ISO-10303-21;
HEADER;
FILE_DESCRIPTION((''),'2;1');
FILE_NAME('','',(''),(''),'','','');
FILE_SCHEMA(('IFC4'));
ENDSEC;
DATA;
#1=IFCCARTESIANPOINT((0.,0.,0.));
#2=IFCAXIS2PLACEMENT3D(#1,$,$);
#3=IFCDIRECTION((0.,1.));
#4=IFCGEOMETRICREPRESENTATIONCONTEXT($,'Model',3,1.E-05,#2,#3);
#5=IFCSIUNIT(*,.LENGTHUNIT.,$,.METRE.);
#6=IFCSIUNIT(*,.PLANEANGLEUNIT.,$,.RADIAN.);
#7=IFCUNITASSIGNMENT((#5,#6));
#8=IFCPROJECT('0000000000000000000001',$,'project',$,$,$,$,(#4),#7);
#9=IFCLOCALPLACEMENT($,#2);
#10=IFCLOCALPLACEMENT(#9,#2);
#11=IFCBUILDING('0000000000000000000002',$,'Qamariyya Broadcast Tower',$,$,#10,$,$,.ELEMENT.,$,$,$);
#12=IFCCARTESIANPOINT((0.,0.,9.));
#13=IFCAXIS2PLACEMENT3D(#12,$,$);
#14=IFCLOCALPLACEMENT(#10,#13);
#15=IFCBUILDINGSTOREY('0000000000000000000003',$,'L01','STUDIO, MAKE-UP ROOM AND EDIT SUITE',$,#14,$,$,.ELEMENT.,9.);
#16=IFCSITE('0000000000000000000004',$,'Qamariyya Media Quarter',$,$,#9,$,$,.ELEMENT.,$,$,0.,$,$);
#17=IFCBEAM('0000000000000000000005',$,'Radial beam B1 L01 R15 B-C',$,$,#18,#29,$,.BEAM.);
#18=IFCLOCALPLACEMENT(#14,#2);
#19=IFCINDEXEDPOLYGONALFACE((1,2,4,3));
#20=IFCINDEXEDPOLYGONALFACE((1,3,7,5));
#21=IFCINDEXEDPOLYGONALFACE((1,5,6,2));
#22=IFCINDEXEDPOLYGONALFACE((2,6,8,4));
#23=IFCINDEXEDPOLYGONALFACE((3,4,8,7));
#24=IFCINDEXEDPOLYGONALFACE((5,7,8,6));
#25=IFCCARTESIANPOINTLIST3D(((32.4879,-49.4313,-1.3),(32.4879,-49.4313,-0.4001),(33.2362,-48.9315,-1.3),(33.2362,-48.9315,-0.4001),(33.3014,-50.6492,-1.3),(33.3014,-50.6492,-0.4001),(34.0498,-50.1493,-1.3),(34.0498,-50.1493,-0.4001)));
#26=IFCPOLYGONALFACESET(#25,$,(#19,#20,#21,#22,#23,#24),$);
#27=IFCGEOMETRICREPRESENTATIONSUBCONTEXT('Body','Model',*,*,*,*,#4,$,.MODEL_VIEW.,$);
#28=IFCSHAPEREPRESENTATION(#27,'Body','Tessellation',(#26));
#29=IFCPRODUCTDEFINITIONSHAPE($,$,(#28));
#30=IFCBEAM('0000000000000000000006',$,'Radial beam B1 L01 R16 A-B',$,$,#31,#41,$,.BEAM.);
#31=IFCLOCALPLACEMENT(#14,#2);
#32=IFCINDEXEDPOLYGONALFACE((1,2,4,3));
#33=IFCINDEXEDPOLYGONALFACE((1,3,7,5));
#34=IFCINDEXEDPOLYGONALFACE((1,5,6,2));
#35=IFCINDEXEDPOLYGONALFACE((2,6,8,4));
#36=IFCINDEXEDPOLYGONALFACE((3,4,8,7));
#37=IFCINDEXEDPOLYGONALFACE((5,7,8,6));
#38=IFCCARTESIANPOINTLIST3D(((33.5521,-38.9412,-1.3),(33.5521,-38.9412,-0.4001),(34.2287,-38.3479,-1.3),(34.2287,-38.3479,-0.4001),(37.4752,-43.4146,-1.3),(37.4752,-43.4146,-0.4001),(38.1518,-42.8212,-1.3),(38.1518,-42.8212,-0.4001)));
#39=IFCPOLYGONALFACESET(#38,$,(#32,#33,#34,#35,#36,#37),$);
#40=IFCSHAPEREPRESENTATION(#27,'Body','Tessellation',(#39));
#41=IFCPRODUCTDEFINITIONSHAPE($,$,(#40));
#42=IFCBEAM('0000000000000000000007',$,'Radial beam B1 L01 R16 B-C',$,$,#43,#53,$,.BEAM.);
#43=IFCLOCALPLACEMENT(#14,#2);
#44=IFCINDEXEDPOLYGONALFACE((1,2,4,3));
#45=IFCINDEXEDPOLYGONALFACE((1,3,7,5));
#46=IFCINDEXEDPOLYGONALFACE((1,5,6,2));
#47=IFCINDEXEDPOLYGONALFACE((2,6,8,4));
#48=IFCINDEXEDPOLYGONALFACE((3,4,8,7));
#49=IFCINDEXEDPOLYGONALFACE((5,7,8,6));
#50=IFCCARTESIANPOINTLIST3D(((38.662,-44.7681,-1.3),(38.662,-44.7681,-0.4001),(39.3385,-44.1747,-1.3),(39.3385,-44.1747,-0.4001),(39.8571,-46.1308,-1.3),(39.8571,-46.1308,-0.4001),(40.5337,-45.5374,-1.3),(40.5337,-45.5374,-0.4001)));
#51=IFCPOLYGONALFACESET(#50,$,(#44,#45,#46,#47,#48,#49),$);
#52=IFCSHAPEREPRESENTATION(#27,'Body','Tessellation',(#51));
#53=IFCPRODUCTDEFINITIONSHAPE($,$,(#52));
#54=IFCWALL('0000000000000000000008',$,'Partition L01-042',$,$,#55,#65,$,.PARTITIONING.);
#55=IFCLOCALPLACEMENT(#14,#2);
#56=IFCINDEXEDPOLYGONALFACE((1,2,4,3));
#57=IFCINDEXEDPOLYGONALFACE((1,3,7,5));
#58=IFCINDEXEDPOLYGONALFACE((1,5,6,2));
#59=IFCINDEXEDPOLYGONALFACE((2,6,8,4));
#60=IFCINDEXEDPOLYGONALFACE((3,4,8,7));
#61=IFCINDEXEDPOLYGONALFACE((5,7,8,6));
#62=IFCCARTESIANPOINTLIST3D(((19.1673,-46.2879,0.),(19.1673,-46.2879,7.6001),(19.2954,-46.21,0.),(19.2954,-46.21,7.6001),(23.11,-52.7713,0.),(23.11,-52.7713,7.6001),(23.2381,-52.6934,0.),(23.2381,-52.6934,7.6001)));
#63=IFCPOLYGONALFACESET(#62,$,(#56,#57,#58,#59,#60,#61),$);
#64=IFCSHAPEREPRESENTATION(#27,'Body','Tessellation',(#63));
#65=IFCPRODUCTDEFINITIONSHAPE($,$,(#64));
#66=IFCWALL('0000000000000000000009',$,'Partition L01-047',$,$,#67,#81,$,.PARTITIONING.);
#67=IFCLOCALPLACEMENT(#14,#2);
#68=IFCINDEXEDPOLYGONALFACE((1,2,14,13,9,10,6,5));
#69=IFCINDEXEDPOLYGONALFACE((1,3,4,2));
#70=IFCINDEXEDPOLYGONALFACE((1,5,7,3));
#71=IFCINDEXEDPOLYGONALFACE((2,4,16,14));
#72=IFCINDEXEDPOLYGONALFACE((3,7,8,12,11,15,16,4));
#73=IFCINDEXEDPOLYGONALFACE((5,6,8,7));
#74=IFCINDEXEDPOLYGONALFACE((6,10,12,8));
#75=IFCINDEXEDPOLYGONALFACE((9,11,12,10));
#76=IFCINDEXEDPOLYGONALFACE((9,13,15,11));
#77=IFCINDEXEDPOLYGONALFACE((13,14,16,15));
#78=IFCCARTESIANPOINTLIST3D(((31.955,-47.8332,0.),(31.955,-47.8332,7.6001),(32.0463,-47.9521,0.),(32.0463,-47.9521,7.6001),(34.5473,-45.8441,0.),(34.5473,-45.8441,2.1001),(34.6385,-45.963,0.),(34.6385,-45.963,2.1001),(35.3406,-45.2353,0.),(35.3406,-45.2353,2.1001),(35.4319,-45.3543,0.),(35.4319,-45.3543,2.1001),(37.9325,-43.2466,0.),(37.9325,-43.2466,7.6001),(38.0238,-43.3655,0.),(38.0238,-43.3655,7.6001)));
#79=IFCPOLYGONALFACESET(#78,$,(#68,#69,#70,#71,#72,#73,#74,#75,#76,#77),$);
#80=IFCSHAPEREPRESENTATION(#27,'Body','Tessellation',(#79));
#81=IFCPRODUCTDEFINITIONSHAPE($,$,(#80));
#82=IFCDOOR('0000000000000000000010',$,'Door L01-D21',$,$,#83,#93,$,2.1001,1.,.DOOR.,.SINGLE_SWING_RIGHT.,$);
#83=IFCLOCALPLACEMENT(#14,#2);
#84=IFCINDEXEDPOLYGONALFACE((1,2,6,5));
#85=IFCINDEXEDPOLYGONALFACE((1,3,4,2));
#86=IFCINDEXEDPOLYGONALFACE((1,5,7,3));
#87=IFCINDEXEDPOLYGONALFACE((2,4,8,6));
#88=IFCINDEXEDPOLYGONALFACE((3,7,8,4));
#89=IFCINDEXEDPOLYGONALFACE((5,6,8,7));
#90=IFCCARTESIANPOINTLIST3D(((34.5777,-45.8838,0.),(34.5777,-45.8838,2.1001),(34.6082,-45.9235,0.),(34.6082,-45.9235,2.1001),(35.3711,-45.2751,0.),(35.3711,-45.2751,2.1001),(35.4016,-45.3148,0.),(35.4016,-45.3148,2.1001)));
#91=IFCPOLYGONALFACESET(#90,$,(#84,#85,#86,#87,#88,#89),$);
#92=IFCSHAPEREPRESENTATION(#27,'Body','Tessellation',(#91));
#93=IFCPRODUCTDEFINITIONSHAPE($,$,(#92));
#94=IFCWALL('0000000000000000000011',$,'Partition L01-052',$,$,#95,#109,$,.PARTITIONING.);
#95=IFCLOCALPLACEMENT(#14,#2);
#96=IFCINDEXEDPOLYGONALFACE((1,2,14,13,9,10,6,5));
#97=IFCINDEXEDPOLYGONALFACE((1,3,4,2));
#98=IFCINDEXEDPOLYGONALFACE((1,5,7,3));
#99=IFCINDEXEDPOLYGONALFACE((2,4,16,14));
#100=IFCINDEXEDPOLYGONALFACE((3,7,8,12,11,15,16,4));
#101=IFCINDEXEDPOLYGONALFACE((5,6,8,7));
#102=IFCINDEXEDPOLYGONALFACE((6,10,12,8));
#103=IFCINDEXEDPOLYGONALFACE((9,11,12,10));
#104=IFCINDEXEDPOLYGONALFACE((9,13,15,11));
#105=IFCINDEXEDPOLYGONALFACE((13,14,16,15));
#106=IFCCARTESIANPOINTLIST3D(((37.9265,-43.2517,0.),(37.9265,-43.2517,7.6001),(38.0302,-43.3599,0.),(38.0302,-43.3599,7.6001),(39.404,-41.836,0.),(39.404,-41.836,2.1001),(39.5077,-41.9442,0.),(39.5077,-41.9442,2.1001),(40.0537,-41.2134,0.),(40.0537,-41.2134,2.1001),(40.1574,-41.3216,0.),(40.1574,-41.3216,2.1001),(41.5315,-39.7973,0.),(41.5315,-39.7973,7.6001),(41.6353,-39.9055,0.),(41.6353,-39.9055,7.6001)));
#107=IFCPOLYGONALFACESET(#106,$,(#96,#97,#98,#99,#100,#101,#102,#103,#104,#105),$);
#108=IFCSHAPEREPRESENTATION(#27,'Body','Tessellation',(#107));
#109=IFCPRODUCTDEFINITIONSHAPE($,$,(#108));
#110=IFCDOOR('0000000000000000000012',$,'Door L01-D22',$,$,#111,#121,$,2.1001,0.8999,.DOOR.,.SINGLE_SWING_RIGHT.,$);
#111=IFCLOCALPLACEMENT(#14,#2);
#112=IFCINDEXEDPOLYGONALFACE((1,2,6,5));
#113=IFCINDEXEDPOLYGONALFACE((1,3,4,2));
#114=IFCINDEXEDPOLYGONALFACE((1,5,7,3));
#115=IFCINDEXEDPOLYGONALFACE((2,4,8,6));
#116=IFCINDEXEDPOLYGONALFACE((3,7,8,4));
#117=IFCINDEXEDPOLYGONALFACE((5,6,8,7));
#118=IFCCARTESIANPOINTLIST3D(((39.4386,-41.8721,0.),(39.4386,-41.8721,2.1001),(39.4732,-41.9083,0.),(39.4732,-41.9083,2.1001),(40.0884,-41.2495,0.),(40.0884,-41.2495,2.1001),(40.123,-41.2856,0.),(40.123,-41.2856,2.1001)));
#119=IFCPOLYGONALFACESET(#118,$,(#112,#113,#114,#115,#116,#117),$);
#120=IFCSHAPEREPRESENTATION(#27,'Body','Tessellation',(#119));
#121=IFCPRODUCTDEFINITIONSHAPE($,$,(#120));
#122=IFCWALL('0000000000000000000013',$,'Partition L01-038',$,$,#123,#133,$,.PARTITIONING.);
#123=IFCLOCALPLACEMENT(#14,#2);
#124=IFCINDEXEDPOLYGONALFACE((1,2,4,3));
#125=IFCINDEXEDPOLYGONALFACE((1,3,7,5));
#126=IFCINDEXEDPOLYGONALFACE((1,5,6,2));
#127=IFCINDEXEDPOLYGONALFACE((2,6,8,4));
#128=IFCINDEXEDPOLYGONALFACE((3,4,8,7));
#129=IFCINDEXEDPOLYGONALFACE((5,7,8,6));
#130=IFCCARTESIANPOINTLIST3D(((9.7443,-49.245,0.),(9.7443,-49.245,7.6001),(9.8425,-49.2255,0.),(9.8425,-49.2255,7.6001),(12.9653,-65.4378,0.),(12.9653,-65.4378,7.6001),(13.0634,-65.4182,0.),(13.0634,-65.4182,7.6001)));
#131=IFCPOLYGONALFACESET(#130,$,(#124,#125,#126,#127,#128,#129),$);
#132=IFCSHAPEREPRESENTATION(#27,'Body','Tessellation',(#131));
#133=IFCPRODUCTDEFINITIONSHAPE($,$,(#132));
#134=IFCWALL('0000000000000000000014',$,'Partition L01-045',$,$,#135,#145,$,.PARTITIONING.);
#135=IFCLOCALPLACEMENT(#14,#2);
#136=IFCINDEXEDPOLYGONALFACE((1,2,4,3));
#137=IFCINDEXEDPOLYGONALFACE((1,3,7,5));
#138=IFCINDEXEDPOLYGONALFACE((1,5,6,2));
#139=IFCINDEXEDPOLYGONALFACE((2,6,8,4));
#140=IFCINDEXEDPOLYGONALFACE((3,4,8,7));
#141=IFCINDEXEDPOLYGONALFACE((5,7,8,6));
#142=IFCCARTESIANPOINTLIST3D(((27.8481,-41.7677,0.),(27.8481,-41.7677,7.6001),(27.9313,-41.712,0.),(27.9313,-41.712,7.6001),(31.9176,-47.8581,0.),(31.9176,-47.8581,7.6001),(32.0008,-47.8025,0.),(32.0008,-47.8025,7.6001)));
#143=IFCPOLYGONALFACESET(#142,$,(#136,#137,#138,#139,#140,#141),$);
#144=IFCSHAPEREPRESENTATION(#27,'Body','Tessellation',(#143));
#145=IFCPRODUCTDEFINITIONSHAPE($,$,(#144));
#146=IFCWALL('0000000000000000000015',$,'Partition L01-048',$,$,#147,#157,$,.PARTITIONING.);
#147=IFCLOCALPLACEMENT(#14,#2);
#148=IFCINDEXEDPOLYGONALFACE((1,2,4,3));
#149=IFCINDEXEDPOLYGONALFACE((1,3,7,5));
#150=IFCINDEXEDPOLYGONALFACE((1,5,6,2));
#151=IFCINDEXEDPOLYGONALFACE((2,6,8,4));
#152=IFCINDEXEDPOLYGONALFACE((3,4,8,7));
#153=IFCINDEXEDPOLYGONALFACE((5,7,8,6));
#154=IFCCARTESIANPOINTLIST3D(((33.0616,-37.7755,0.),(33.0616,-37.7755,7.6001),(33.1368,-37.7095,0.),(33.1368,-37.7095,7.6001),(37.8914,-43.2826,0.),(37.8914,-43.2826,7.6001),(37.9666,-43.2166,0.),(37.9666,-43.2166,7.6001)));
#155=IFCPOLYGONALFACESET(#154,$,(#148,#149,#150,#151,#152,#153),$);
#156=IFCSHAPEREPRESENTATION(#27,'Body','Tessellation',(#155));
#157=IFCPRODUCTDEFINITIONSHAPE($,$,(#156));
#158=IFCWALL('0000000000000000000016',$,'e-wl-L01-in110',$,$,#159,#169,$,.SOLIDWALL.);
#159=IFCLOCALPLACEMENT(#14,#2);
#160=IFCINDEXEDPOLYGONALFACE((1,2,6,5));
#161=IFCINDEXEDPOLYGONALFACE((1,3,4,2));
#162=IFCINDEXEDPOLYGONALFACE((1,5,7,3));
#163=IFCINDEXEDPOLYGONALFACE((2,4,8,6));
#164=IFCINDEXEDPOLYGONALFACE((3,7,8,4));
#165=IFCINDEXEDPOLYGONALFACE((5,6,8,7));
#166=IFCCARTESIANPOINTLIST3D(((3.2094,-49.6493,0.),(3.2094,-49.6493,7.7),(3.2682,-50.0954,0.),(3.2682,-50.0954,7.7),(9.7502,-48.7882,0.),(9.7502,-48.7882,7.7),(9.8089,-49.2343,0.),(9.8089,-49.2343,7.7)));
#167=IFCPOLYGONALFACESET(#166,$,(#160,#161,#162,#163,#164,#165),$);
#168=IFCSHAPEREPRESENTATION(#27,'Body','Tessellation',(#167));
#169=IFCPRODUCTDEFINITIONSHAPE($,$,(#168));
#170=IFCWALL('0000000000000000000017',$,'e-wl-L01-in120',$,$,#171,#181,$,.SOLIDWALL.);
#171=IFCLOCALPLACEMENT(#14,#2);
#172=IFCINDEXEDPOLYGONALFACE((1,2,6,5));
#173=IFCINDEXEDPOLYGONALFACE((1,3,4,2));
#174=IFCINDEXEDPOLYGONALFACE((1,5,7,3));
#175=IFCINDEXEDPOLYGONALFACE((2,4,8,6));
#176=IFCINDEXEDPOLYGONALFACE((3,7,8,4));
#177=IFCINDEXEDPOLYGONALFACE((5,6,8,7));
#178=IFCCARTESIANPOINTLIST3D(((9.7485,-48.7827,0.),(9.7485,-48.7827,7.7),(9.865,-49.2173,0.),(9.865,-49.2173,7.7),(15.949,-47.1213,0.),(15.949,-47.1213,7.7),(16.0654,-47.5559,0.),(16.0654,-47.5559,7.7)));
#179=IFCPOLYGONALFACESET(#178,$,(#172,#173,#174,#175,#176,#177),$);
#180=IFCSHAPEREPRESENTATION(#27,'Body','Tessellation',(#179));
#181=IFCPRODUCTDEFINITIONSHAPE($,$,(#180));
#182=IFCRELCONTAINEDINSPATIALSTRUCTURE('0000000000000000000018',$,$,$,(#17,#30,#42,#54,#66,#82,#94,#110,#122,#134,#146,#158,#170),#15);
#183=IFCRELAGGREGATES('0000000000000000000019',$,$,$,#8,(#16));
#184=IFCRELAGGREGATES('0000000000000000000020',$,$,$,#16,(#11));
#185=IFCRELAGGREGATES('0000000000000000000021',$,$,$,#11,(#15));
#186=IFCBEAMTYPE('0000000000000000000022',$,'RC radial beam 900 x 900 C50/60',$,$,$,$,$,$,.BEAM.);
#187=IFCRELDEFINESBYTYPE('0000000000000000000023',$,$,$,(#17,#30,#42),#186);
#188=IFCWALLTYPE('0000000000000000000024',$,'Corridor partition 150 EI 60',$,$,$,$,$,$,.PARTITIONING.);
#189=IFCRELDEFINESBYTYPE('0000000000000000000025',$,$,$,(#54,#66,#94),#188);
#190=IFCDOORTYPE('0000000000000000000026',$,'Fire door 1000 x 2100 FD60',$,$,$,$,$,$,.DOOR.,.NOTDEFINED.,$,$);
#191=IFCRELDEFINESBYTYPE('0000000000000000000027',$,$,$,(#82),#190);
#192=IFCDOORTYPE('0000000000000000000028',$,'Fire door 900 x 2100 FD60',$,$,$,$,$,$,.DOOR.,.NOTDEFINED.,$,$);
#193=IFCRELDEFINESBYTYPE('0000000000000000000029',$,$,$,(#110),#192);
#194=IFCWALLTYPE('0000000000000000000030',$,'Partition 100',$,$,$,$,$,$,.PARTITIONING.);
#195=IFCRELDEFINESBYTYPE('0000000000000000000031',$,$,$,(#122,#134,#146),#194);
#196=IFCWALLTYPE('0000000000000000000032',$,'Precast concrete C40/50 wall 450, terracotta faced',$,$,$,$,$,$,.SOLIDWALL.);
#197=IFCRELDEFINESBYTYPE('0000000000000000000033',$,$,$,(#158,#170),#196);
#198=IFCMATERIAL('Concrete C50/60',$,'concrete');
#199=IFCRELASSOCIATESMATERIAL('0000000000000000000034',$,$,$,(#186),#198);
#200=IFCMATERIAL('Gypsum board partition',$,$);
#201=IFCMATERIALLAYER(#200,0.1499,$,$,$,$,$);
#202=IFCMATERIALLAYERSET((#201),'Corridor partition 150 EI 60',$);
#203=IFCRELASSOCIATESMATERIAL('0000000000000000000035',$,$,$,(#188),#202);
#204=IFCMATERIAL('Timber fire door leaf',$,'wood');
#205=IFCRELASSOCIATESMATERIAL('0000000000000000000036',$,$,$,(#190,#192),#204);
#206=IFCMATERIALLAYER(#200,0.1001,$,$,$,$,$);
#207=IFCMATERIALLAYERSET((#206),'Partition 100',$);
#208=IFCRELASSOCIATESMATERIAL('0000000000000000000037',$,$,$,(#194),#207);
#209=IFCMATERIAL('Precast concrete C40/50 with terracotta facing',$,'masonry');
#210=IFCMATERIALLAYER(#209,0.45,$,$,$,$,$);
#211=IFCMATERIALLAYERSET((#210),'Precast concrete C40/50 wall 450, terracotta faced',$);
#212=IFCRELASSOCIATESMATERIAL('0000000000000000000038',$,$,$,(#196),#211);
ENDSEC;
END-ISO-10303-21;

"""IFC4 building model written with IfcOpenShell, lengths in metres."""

from ifc_helpers import new_model, si_unit, direction, frame, frame_2d, origin, origin_2d, place, context, subcontext, project, spatial, rectangle, extrude, material, layer, layer_set, material_profile, profile_set, type_object, element, fill, save


model = new_model("IFC4")

# Units and contexts
model_context = context("Model", 3, precision=1e-05, world=origin(), true_north=direction((0.0, 1.0)))
body_context = subcontext(model_context, "Body", "Model", "MODEL_VIEW")
ifc_project = project(units=[si_unit("LENGTHUNIT", "METRE"), si_unit("PLANEANGLEUNIT", "RADIAN")], contexts=[model_context])

# Site, building, storey
site_placement = place(None, origin())
site = spatial("IfcSite", under=ifc_project, at=site_placement, Name="Qamariyya Media Quarter", CompositionType="ELEMENT", RefElevation=0.0)
building_placement = place(site_placement, origin())
building = spatial("IfcBuilding", under=site, at=building_placement, Name="Qamariyya Broadcast Tower", CompositionType="ELEMENT")
storey_placement = place(building_placement, frame((0.0, 0.0, 9.0)))
storey = spatial("IfcBuildingStorey", under=building, at=storey_placement, Name="L01", Description="STUDIO, MAKE-UP ROOM AND EDIT SUITE", CompositionType="ELEMENT", Elevation=9.0)

# Beams
ifc_material_1 = material(Name="Concrete C50/60", Category="concrete")
ifc_material_profile_1 = material_profile(ifc_material_1, rectangle(XDim=0.8999, YDim=0.8999, at=origin_2d()))
ifc_profile_set_1 = profile_set([ifc_material_profile_1], Name="Concrete C50/60")
beam_type_1 = type_object("IfcBeamType", Name="RC radial beam 900 x 900 C50/60", PredefinedType="BEAM", material=ifc_profile_set_1)
beam_1_placement = place(storey_placement, frame((32.8621, -49.1814, -0.8501), z_axis=(0.555469, -0.831537, 0.0), x_axis=(0.831537, 0.555469, 0.0)))
element("IfcBeam", 1, at=beam_1_placement, inside=storey, type_object=beam_type_1, Name="Radial beam B1 L01 R15 B-C", PredefinedType="BEAM", context=body_context, shape_type="SweptSolid", body=[
    extrude(rectangle(XDim=0.8999, YDim=0.8999, at=origin_2d()), origin(), (0.0, 0.0, 1.0), 1.4646),
])
beam_2_placement = place(storey_placement, frame((33.8904, -38.6445, -0.8501), z_axis=(0.65935, -0.751837, 0.0), x_axis=(0.751837, 0.65935, 0.0)))
element("IfcBeam", 2, at=beam_2_placement, inside=storey, type_object=beam_type_1, Name="Radial beam B1 L01 R16 A-B", PredefinedType="BEAM", context=body_context, shape_type="SweptSolid", body=[
    extrude(rectangle(XDim=0.8999, YDim=0.8999, at=origin_2d()), origin(), (0.0, 0.0, 1.0), 5.95),
])
beam_3_placement = place(storey_placement, frame((39.0002, -44.4714, -0.8501), z_axis=(0.659391, -0.7518, 0.0), x_axis=(0.7518, 0.659391, 0.0)))
element("IfcBeam", 3, at=beam_3_placement, inside=storey, type_object=beam_type_1, Name="Radial beam B1 L01 R16 B-C", PredefinedType="BEAM", context=body_context, shape_type="SweptSolid", body=[
    extrude(rectangle(XDim=0.8999, YDim=0.8999, at=origin_2d()), origin(), (0.0, 0.0, 1.0), 1.8125),
])

# Wall
ifc_material_2 = material(Name="Gypsum board partition")
ifc_layer_1 = layer(ifc_material_2, 0.1499)
ifc_layer_set_1 = layer_set([ifc_layer_1], Name="Corridor partition 150 EI 60")
wall_type_1 = type_object("IfcWallType", Name="Corridor partition 150 EI 60", PredefinedType="PARTITIONING", material=ifc_layer_set_1)
wall_1_placement = place(storey_placement, frame((19.2314, -46.249, 0.0), z_axis=(0.0, 0.0, 1.0), x_axis=(0.519583, -0.85442, 0.0)))
element("IfcWall", 4, at=wall_1_placement, inside=storey, type_object=wall_type_1, Name="Partition L01-042", PredefinedType="PARTITIONING", context=body_context, shape_type="SweptSolid", body=[
    extrude(rectangle(XDim=7.5881, YDim=0.1499, at=frame_2d((3.7939, 0.0))), origin(), (0.0, 0.0, 1.0), 7.6001),
])

# Walls, openings, doors
wall_2_placement = place(storey_placement, frame((32.0007, -47.8926, 0.0), z_axis=(0.0, 0.0, 1.0), x_axis=(0.793357, 0.608757, 0.0)))
wall_2 = element("IfcWall", 5, at=wall_2_placement, inside=storey, type_object=wall_type_1, Name="Partition L01-047", PredefinedType="PARTITIONING", context=body_context, shape_type="SweptSolid", body=[
    extrude(rectangle(XDim=7.5344, YDim=0.1499, at=frame_2d((3.7671, 0.0))), origin(), (0.0, 0.0, 1.0), 7.6001),
])
opening_1_placement = place(wall_2_placement, frame((3.2673, 0.0, 0.0)))
opening_1 = element("IfcOpeningElement", 6, at=opening_1_placement, cuts=wall_2, PredefinedType="OPENING", context=body_context, shape_type="SweptSolid", body=[
    extrude(rectangle(XDim=1.0, YDim=2.1001, at=frame_2d((0.5, 1.05))), frame((0.0, 0.085, 0.0), z_axis=(0.0, -1.0, 0.0), x_axis=(1.0, 0.0, 0.0)), (0.0, 0.0, 1.0), 0.1699),
])
ifc_material_3 = material(Name="Timber fire door leaf", Category="wood")
door_type_1 = type_object("IfcDoorType", Name="Fire door 1000 x 2100 FD60", OperationType="NOTDEFINED", PredefinedType="DOOR", material=ifc_material_3)
door_1_placement = place(opening_1_placement, origin())
door_1 = element("IfcDoor", 7, at=door_1_placement, inside=storey, type_object=door_type_1, Name="Door L01-D21", OperationType="SINGLE_SWING_RIGHT", OverallHeight=2.1001, OverallWidth=1.0, PredefinedType="DOOR", context=body_context, shape_type="SweptSolid", body=[
    extrude(rectangle(XDim=1.0, YDim=2.1001, at=frame_2d((0.5, 1.05))), frame((0.0, 0.0249, 0.0), z_axis=(0.0, -1.0, 0.0), x_axis=(1.0, 0.0, 0.0)), (0.0, 0.0, 1.0), 0.05),
])
fill(opening_1, door_1)
wall_3_placement = place(storey_placement, frame((37.9783, -43.3059, 0.0), z_axis=(0.0, 0.0, 1.0), x_axis=(0.722031, 0.691861, 0.0)))
wall_3 = element("IfcWall", 8, at=wall_3_placement, inside=storey, type_object=wall_type_1, Name="Partition L01-052", PredefinedType="PARTITIONING", context=body_context, shape_type="SweptSolid", body=[
    extrude(rectangle(XDim=4.9929, YDim=0.1499, at=frame_2d((2.4966, 0.0))), origin(), (0.0, 0.0, 1.0), 7.6001),
])
opening_2_placement = place(wall_3_placement, frame((2.0464, 0.0, 0.0)))
opening_2 = element("IfcOpeningElement", 9, at=opening_2_placement, cuts=wall_3, PredefinedType="OPENING", context=body_context, shape_type="SweptSolid", body=[
    extrude(rectangle(XDim=0.8999, YDim=2.1001, at=frame_2d((0.45, 1.05))), frame((0.0, 0.085, 0.0), z_axis=(0.0, -1.0, 0.0), x_axis=(1.0, 0.0, 0.0)), (0.0, 0.0, 1.0), 0.1699),
])
door_type_2 = type_object("IfcDoorType", Name="Fire door 900 x 2100 FD60", OperationType="NOTDEFINED", PredefinedType="DOOR", material=ifc_material_3)
door_2_placement = place(opening_2_placement, origin())
door_2 = element("IfcDoor", 10, at=door_2_placement, inside=storey, type_object=door_type_2, Name="Door L01-D22", OperationType="SINGLE_SWING_RIGHT", OverallHeight=2.1001, OverallWidth=0.8999, PredefinedType="DOOR", context=body_context, shape_type="SweptSolid", body=[
    extrude(rectangle(XDim=0.8999, YDim=2.1001, at=frame_2d((0.45, 1.05))), frame((0.0, 0.0249, 0.0), z_axis=(0.0, -1.0, 0.0), x_axis=(1.0, 0.0, 0.0)), (0.0, 0.0, 1.0), 0.05),
])
fill(opening_2, door_2)

# Walls
ifc_layer_2 = layer(ifc_material_2, 0.1001)
ifc_layer_set_2 = layer_set([ifc_layer_2], Name="Partition 100")
wall_type_2 = type_object("IfcWallType", Name="Partition 100", PredefinedType="PARTITIONING", material=ifc_layer_set_2)
wall_4_placement = place(storey_placement, frame((9.7935, -49.2354, 0.0), z_axis=(0.0, 0.0, 1.0), x_axis=(0.195089, -0.980785, 0.0)))
element("IfcWall", 11, at=wall_4_placement, inside=storey, type_object=wall_type_2, Name="Partition L01-038", PredefinedType="PARTITIONING", context=body_context, shape_type="SweptSolid", body=[
    extrude(rectangle(XDim=16.51, YDim=0.1001, at=frame_2d((8.2549, 0.0))), origin(), (0.0, 0.0, 1.0), 7.6001),
])
for number, where, z_axis, x_axis, name in (
    (12, (27.8896, -41.7397, 0.0), (0.0, 0.0, 1.0), (0.555569, -0.83147, 0.0), "Partition L01-045"),
    (13, (33.0991, -37.7424, 0.0), (0.0, 0.0, 1.0), (0.659365, -0.751823, 0.0), "Partition L01-048"),
):
    element("IfcWall", number, at=place(storey_placement, frame(where, z_axis=z_axis, x_axis=x_axis)), inside=storey, type_object=wall_type_2, Name=name, PredefinedType="PARTITIONING", context=body_context, shape_type="SweptSolid", body=[
        extrude(rectangle(XDim=7.325, YDim=0.1001, at=frame_2d((3.6626, 0.0))), origin(), (0.0, 0.0, 1.0), 7.6001),
    ])
ifc_material_4 = material(Name="Precast concrete C40/50 with terracotta facing", Category="masonry")
ifc_layer_3 = layer(ifc_material_4, 0.45)
ifc_layer_set_3 = layer_set([ifc_layer_3], Name="Precast concrete C40/50 wall 450, terracotta faced")
wall_type_3 = type_object("IfcWallType", Name="Precast concrete C40/50 wall 450, terracotta faced", PredefinedType="SOLIDWALL", material=ifc_layer_set_3)
wall_5_placement = place(storey_placement, frame((9.7795, -49.0112, 0.0), z_axis=(0.0, 0.0, 1.0), x_axis=(-0.991445, -0.130522, 0.0)))
element("IfcWall", 14, at=wall_5_placement, inside=storey, type_object=wall_type_3, Name="e-wl-L01-in110", PredefinedType="SOLIDWALL", context=body_context, shape_type="SweptSolid", body=[
    extrude(rectangle(XDim=6.5972, YDim=0.45, at=frame_2d((3.2986, 0.0))), origin(), (0.0, 0.0, 1.0), 7.7),
])
wall_6_placement = place(storey_placement, frame((16.0071, -47.3386, 0.0), z_axis=(0.0, 0.0, 1.0), x_axis=(-0.965927, -0.258815, 0.0)))
element("IfcWall", 15, at=wall_6_placement, inside=storey, type_object=wall_type_3, Name="e-wl-L01-in120", PredefinedType="SOLIDWALL", context=body_context, shape_type="SweptSolid", body=[
    extrude(rectangle(XDim=6.4192, YDim=0.45, at=frame_2d((3.2095, 0.0))), origin(), (0.0, 0.0, 1.0), 7.7),
])

save(model, "model.ifc")
